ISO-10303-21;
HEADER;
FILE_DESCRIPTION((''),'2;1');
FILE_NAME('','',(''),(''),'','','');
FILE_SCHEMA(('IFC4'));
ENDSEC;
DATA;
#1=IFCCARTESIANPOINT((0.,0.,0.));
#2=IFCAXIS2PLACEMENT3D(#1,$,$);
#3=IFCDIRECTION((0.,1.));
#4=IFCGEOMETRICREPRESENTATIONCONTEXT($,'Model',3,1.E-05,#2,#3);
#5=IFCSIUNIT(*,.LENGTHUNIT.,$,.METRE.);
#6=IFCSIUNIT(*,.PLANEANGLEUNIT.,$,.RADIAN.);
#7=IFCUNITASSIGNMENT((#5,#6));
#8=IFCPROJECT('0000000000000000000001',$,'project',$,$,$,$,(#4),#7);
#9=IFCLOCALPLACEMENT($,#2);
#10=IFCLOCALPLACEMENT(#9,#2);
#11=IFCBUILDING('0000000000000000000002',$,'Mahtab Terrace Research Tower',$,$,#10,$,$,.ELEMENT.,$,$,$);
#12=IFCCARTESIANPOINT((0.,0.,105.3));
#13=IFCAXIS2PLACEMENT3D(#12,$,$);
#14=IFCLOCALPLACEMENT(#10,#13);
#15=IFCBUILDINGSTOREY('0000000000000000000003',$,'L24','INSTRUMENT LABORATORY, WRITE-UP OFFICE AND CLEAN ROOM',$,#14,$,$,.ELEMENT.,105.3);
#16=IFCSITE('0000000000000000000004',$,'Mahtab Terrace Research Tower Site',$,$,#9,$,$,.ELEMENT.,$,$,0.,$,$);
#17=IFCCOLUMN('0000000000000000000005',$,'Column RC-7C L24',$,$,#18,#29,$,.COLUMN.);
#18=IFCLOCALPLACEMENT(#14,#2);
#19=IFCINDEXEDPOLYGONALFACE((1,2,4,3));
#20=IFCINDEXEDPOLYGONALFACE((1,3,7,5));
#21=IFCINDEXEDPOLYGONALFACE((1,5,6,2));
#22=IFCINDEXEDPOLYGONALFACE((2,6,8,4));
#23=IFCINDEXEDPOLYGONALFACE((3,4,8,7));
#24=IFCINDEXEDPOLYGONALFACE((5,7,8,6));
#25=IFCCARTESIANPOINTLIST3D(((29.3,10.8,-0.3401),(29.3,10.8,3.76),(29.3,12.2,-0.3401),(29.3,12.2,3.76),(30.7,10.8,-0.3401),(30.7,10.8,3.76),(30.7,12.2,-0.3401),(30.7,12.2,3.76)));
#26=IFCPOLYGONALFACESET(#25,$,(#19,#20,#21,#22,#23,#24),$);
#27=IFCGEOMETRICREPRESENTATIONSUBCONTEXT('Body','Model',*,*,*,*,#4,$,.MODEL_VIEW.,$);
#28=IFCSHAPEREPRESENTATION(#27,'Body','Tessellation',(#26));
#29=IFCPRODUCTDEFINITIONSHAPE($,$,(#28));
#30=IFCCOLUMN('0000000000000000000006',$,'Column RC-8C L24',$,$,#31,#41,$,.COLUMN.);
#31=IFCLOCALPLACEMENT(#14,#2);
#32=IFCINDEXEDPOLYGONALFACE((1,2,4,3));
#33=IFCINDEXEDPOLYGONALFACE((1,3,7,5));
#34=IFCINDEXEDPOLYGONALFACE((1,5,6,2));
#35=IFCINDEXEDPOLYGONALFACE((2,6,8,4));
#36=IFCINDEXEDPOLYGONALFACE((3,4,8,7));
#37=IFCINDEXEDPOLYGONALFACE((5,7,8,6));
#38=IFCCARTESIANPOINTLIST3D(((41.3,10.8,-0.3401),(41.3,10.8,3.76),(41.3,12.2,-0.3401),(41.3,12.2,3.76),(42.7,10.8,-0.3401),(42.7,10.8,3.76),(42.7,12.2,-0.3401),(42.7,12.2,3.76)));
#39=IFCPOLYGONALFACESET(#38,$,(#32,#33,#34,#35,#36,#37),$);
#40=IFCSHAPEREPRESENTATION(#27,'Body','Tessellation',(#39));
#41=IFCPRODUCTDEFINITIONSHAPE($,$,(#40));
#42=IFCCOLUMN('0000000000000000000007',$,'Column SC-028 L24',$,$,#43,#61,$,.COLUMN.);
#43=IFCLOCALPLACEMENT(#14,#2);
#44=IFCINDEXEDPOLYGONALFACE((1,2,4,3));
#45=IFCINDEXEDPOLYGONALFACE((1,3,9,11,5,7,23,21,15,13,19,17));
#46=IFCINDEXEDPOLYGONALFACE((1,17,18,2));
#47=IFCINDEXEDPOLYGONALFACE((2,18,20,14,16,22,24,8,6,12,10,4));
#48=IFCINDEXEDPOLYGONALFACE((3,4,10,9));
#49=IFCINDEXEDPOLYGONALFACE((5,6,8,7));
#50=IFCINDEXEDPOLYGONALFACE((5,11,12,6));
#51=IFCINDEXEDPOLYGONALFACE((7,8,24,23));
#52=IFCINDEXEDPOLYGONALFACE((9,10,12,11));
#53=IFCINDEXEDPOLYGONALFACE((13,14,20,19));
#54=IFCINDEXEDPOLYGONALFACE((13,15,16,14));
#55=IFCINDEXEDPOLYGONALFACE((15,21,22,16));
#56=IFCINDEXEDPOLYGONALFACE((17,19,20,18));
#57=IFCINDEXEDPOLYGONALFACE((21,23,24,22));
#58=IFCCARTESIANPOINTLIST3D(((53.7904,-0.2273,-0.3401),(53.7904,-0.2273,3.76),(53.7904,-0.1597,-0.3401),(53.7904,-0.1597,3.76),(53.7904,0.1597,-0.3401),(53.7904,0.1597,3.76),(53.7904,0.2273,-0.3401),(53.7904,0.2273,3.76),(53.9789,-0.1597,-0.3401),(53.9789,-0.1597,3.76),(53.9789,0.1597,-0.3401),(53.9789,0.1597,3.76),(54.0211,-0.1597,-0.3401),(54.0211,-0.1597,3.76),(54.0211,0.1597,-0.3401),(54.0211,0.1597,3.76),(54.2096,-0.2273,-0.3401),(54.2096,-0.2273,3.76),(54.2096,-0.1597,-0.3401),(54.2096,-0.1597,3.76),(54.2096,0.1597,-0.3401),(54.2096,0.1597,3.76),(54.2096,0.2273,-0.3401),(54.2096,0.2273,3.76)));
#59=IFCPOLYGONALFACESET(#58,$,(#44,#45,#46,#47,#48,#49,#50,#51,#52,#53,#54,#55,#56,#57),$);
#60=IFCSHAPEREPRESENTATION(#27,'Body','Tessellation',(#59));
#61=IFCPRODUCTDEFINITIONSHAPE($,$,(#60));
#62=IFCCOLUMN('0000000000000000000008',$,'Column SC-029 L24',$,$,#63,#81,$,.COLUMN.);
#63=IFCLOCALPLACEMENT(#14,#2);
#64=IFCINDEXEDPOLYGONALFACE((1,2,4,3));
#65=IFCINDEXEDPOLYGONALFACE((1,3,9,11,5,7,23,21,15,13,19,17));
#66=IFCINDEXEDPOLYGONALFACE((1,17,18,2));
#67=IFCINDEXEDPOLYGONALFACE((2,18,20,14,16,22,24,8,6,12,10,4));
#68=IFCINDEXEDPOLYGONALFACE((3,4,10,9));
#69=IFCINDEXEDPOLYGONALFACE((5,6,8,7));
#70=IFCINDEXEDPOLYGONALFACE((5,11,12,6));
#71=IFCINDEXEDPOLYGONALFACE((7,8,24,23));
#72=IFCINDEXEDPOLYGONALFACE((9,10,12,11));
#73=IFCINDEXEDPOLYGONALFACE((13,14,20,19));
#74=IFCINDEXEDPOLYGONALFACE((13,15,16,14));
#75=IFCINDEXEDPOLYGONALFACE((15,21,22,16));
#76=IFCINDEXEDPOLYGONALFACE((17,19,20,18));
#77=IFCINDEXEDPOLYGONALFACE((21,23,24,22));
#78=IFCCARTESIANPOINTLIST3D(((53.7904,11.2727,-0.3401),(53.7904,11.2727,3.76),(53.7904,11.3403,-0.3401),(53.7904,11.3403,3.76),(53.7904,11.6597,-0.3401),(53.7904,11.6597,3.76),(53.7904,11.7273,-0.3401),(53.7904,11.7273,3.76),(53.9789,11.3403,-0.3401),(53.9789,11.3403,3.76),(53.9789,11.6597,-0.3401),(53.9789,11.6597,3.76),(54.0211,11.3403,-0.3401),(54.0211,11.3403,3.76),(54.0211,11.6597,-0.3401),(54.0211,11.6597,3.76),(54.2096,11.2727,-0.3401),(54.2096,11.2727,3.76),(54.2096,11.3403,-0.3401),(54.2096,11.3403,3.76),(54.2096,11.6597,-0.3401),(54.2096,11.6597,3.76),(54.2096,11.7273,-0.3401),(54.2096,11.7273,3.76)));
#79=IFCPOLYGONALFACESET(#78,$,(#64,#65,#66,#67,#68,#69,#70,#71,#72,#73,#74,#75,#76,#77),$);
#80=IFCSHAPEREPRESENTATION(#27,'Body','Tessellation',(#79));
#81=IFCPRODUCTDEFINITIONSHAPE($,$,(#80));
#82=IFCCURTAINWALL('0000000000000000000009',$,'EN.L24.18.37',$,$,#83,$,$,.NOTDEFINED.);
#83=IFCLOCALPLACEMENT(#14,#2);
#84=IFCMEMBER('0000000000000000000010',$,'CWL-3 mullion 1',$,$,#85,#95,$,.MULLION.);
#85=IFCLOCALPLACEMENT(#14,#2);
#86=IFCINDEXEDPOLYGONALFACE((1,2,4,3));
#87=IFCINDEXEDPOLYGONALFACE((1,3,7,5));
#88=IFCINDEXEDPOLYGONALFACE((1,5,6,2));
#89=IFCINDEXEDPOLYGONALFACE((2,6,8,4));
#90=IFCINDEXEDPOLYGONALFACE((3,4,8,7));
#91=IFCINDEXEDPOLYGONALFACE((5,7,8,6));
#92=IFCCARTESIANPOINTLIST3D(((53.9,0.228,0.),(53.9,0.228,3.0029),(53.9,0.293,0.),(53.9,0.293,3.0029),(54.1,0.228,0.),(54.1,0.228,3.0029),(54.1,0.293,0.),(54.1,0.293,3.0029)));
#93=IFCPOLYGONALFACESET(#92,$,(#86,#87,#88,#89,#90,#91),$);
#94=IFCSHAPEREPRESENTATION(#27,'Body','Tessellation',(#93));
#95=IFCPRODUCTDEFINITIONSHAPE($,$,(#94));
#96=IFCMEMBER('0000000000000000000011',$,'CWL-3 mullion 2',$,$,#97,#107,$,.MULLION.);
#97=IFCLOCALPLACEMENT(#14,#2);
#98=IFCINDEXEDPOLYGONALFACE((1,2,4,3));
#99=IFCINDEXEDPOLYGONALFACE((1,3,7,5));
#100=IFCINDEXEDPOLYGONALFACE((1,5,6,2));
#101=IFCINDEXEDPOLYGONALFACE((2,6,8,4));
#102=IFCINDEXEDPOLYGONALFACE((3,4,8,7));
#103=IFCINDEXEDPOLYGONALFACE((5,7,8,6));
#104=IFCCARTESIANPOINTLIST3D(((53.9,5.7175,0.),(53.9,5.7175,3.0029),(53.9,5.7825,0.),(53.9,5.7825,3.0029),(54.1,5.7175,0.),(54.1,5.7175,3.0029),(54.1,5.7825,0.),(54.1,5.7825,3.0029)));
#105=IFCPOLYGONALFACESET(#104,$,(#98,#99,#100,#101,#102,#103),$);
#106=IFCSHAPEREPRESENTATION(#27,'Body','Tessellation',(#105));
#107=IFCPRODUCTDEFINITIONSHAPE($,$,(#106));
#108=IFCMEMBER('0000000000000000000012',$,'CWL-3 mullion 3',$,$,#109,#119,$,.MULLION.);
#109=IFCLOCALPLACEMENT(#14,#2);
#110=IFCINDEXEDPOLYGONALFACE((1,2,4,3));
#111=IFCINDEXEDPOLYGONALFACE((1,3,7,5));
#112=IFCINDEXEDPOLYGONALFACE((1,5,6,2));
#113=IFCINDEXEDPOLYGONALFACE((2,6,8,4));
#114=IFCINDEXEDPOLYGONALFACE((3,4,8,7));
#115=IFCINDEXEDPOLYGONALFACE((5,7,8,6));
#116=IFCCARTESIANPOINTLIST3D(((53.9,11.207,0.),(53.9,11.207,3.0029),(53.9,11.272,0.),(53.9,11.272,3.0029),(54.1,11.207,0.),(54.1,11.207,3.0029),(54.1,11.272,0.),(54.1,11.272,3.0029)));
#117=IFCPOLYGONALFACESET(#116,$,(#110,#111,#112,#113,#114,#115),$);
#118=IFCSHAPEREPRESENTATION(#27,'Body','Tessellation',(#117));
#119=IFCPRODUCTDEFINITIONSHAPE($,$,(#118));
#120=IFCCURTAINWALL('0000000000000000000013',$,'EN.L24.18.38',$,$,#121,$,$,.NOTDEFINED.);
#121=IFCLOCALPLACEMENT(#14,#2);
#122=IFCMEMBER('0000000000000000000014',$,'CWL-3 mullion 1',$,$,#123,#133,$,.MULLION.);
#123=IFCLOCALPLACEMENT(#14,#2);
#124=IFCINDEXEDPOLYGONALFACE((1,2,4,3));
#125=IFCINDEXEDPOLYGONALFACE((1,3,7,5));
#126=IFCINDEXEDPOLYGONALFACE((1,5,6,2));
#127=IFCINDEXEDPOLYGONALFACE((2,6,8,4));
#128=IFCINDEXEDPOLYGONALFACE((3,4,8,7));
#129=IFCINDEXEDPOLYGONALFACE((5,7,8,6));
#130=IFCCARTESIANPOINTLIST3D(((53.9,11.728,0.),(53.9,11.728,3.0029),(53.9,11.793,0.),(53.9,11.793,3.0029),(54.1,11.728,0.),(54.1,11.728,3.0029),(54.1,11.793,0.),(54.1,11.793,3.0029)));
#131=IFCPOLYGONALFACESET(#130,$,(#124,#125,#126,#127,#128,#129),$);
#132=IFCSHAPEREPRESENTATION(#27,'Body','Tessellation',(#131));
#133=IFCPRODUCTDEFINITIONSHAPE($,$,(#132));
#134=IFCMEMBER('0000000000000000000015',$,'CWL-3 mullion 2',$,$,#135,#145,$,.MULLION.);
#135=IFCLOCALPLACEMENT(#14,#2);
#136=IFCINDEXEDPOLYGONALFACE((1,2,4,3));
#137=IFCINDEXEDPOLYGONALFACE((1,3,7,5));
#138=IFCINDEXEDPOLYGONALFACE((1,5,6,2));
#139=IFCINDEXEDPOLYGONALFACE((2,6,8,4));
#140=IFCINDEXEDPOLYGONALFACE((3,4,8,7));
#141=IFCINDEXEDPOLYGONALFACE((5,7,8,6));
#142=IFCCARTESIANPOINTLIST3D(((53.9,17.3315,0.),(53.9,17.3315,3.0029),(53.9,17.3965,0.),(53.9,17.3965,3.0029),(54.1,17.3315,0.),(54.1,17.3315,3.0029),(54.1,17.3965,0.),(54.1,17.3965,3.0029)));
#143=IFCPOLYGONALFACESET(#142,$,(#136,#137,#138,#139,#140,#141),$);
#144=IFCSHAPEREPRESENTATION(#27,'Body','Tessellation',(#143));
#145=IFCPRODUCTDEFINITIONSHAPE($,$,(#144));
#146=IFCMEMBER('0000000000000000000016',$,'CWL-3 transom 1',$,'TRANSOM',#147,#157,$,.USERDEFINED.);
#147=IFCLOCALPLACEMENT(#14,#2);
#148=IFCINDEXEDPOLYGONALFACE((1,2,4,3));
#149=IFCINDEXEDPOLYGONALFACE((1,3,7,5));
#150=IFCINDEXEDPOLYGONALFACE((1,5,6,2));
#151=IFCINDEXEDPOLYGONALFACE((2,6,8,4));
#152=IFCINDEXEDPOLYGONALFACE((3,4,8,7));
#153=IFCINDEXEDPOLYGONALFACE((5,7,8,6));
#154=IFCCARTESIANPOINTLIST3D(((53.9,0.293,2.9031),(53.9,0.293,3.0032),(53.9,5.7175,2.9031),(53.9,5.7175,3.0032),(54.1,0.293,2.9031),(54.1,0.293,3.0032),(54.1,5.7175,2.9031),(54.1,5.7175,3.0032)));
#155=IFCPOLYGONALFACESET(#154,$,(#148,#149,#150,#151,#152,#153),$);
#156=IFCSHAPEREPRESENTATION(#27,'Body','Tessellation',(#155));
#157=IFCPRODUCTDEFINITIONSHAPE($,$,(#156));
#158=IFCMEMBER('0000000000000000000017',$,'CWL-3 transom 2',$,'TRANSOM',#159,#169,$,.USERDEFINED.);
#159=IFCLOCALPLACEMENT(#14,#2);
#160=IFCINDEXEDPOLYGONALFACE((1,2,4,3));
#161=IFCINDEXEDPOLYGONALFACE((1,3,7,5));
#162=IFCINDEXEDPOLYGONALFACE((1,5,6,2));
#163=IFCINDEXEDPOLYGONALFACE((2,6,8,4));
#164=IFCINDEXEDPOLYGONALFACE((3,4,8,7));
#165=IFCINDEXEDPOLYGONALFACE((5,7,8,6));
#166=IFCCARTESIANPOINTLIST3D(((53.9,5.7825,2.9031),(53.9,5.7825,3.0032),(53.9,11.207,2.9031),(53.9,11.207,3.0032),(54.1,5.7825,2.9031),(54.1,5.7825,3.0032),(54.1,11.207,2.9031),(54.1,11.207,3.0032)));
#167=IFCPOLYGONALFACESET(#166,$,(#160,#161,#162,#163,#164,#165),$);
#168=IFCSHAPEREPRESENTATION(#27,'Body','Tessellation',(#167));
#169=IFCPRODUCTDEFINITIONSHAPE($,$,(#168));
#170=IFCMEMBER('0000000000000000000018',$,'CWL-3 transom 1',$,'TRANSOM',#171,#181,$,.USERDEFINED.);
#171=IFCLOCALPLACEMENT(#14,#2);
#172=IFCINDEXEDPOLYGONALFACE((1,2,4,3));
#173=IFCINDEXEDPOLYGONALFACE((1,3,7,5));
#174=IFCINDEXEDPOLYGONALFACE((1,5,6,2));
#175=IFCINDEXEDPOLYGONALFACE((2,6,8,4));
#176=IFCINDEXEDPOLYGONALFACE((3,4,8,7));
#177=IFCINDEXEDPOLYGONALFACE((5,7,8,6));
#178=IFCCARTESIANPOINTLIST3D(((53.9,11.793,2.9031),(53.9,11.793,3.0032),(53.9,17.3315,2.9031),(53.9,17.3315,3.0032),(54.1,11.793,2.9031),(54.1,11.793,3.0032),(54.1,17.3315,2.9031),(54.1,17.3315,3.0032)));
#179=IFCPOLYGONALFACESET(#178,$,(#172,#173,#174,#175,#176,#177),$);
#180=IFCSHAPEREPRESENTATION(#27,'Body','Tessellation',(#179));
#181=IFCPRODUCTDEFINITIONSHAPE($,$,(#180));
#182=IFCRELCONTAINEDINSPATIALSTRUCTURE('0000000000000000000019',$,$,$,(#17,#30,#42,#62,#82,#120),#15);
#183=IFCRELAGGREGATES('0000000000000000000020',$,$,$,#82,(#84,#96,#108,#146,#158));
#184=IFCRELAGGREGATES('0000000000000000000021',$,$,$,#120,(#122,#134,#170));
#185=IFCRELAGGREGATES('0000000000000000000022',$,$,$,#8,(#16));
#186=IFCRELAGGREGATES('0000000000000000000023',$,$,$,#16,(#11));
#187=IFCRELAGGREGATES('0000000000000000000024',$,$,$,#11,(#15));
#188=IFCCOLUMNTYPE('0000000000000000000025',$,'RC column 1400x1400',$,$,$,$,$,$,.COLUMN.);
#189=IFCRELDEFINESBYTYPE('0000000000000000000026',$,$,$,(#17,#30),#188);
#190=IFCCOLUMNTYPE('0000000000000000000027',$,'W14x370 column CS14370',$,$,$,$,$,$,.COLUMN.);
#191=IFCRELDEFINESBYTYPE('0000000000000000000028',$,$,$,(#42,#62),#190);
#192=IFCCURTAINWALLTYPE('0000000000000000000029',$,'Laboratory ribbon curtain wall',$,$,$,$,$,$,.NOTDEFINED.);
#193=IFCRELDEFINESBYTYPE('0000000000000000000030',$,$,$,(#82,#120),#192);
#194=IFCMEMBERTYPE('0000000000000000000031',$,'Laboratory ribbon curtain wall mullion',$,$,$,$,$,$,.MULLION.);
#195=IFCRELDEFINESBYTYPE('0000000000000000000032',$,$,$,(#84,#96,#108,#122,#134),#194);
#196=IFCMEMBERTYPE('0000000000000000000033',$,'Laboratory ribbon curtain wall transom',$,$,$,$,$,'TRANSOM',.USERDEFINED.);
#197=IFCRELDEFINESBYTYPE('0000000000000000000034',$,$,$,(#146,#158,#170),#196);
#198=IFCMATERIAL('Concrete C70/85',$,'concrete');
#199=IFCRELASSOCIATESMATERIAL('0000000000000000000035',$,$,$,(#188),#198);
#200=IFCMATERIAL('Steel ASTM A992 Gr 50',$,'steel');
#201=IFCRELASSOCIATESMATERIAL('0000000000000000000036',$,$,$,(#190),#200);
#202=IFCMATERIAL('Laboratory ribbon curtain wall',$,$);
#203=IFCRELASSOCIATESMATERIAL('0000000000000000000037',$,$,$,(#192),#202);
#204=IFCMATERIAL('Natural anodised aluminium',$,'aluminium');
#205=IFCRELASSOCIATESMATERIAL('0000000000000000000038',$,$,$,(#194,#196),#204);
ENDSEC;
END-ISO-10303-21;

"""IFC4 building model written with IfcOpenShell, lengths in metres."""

from ifc_helpers import new_model, si_unit, direction, frame, origin, origin_2d, place, context, subcontext, project, spatial, rectangle, i_section, extrude, material, material_profile, profile_set, type_object, element, aggregate, save


model = new_model("IFC4")

# Units and contexts
model_context = context("Model", 3, precision=1e-05, world=origin(), true_north=direction((0.0, 1.0)))
body_context = subcontext(model_context, "Body", "Model", "MODEL_VIEW")
ifc_project = project(units=[si_unit("LENGTHUNIT", "METRE"), si_unit("PLANEANGLEUNIT", "RADIAN")], contexts=[model_context])

# Site, building, storey
site_placement = place(None, origin())
site = spatial("IfcSite", under=ifc_project, at=site_placement, Name="Mahtab Terrace Research Tower Site", CompositionType="ELEMENT", RefElevation=0.0)
building_placement = place(site_placement, origin())
building = spatial("IfcBuilding", under=site, at=building_placement, Name="Mahtab Terrace Research Tower", CompositionType="ELEMENT")
storey_placement = place(building_placement, frame((0.0, 0.0, 105.3)))
storey = spatial("IfcBuildingStorey", under=building, at=storey_placement, Name="L24", Description="INSTRUMENT LABORATORY, WRITE-UP OFFICE AND CLEAN ROOM", CompositionType="ELEMENT", Elevation=105.3)

# Columns
ifc_material_1 = material(Name="Concrete C70/85", Category="concrete")
ifc_material_profile_1 = material_profile(ifc_material_1, rectangle(XDim=1.3999, YDim=1.3999, at=origin_2d()), Name="RC column 1400x1400")
ifc_profile_set_1 = profile_set([ifc_material_profile_1], Name="Concrete C70/85")
column_type_1 = type_object("IfcColumnType", Name="RC column 1400x1400", PredefinedType="COLUMN", material=ifc_profile_set_1)
for number, where, z_axis, x_axis, name in (
    (1, (30.0, 11.5, -0.3401), (0.0, 0.0, 1.0), (1.0, 0.0, 0.0), "Column RC-7C L24"),
    (2, (42.0, 11.5, -0.3401), (0.0, 0.0, 1.0), (1.0, 0.0, 0.0), "Column RC-8C L24"),
):
    element("IfcColumn", number, at=place(storey_placement, frame(where, z_axis=z_axis, x_axis=x_axis)), inside=storey, type_object=column_type_1, Name=name, PredefinedType="COLUMN", context=body_context, shape_type="SweptSolid", body=[
        extrude(rectangle(XDim=1.3999, YDim=1.3999, at=origin_2d()), origin(), (0.0, 0.0, 1.0), 4.1001),
    ])
ifc_material_2 = material(Name="Steel ASTM A992 Gr 50", Category="steel")
ifc_material_profile_2 = material_profile(ifc_material_2, i_section(OverallWidth=0.4192, OverallDepth=0.4546, WebThickness=0.0422, FlangeThickness=0.0676, at=origin_2d()), Name="W14X370")
ifc_profile_set_2 = profile_set([ifc_material_profile_2], Name="Steel ASTM A992 Gr 50")
column_type_2 = type_object("IfcColumnType", Name="W14x370 column CS14370", PredefinedType="COLUMN", material=ifc_profile_set_2)
for number, where, z_axis, x_axis, name in (
    (3, (54.0, 0.0, -0.3401), (0.0, 0.0, 1.0), (1.0, 0.0, 0.0), "Column SC-028 L24"),
    (4, (54.0, 11.5, -0.3401), (0.0, 0.0, 1.0), (1.0, 0.0, 0.0), "Column SC-029 L24"),
):
    element("IfcColumn", number, at=place(storey_placement, frame(where, z_axis=z_axis, x_axis=x_axis)), inside=storey, type_object=column_type_2, Name=name, PredefinedType="COLUMN", context=body_context, shape_type="SweptSolid", body=[
        extrude(i_section(OverallWidth=0.4192, OverallDepth=0.4546, WebThickness=0.0422, FlangeThickness=0.0676, at=origin_2d()), origin(), (0.0, 0.0, 1.0), 4.1001),
    ])

# Curtain walls, members
ifc_material_3 = material(Name="Laboratory ribbon curtain wall")
curtain_wall_type = type_object("IfcCurtainWallType", Name="Laboratory ribbon curtain wall", PredefinedType="NOTDEFINED", material=ifc_material_3)
curtain_wall_1_placement = place(storey_placement, origin())
curtain_wall_1 = element("IfcCurtainWall", 5, at=curtain_wall_1_placement, inside=storey, type_object=curtain_wall_type, Name="EN.L24.18.37", PredefinedType="NOTDEFINED")
ifc_material_4 = material(Name="Natural anodised aluminium", Category="aluminium")
ifc_material_profile_3 = material_profile(ifc_material_4, rectangle(XDim=0.2, YDim=0.0649, at=origin_2d()), Name="MULLION 65x200")
ifc_profile_set_3 = profile_set([ifc_material_profile_3], Name="Natural anodised aluminium")
member_type_1 = type_object("IfcMemberType", Name="Laboratory ribbon curtain wall mullion", PredefinedType="MULLION", material=ifc_profile_set_3)
member_1_placement = place(storey_placement, frame((54.0, 0.2605, 0.0), z_axis=(0.0, 0.0, 1.0), x_axis=(-1.0, 0.0, 0.0)))
member_1 = element("IfcMember", 6, at=member_1_placement, type_object=member_type_1, Name="CWL-3 mullion 1", PredefinedType="MULLION", context=body_context, shape_type="SweptSolid", body=[
    extrude(rectangle(XDim=0.2, YDim=0.0649, at=origin_2d()), origin(), (0.0, 0.0, 1.0), 3.0029),
])
member_2_placement = place(storey_placement, frame((54.0, 5.75, 0.0), z_axis=(0.0, 0.0, 1.0), x_axis=(-1.0, 0.0, 0.0)))
member_2 = element("IfcMember", 7, at=member_2_placement, type_object=member_type_1, Name="CWL-3 mullion 2", PredefinedType="MULLION", context=body_context, shape_type="SweptSolid", body=[
    extrude(rectangle(XDim=0.2, YDim=0.0649, at=origin_2d()), origin(), (0.0, 0.0, 1.0), 3.0029),
])
member_3_placement = place(storey_placement, frame((54.0, 11.2395, 0.0), z_axis=(0.0, 0.0, 1.0), x_axis=(-1.0, 0.0, 0.0)))
member_3 = element("IfcMember", 8, at=member_3_placement, type_object=member_type_1, Name="CWL-3 mullion 3", PredefinedType="MULLION", context=body_context, shape_type="SweptSolid", body=[
    extrude(rectangle(XDim=0.2, YDim=0.0649, at=origin_2d()), origin(), (0.0, 0.0, 1.0), 3.0029),
])
curtain_wall_2_placement = place(storey_placement, origin())
curtain_wall_2 = element("IfcCurtainWall", 9, at=curtain_wall_2_placement, inside=storey, type_object=curtain_wall_type, Name="EN.L24.18.38", PredefinedType="NOTDEFINED")
member_4_placement = place(storey_placement, frame((54.0, 11.7605, 0.0), z_axis=(0.0, 0.0, 1.0), x_axis=(-1.0, 0.0, 0.0)))
member_4 = element("IfcMember", 10, at=member_4_placement, type_object=member_type_1, Name="CWL-3 mullion 1", PredefinedType="MULLION", context=body_context, shape_type="SweptSolid", body=[
    extrude(rectangle(XDim=0.2, YDim=0.0649, at=origin_2d()), origin(), (0.0, 0.0, 1.0), 3.0029),
])
member_5_placement = place(storey_placement, frame((54.0, 17.364, 0.0), z_axis=(0.0, 0.0, 1.0), x_axis=(-1.0, 0.0, 0.0)))
member_5 = element("IfcMember", 11, at=member_5_placement, type_object=member_type_1, Name="CWL-3 mullion 2", PredefinedType="MULLION", context=body_context, shape_type="SweptSolid", body=[
    extrude(rectangle(XDim=0.2, YDim=0.0649, at=origin_2d()), origin(), (0.0, 0.0, 1.0), 3.0029),
])

# Members
ifc_material_profile_4 = material_profile(ifc_material_4, rectangle(XDim=0.2, YDim=0.1001, at=origin_2d()), Name="TRANSOM 100x200")
ifc_profile_set_4 = profile_set([ifc_material_profile_4], Name="Natural anodised aluminium")
member_type_2 = type_object("IfcMemberType", Name="Laboratory ribbon curtain wall transom", ElementType="TRANSOM", PredefinedType="USERDEFINED", material=ifc_profile_set_4)
member_6_placement = place(storey_placement, frame((54.0, 0.293, 2.9531), z_axis=(0.0, 1.0, 0.0), x_axis=(-1.0, 0.0, 0.0)))
member_6 = element("IfcMember", 12, at=member_6_placement, type_object=member_type_2, Name="CWL-3 transom 1", ObjectType="TRANSOM", PredefinedType="USERDEFINED", context=body_context, shape_type="SweptSolid", body=[
    extrude(rectangle(XDim=0.2, YDim=0.1001, at=origin_2d()), origin(), (0.0, 0.0, 1.0), 5.4246),
])
member_7_placement = place(storey_placement, frame((54.0, 5.7825, 2.9531), z_axis=(0.0, 1.0, 0.0), x_axis=(-1.0, 0.0, 0.0)))
member_7 = element("IfcMember", 13, at=member_7_placement, type_object=member_type_2, Name="CWL-3 transom 2", ObjectType="TRANSOM", PredefinedType="USERDEFINED", context=body_context, shape_type="SweptSolid", body=[
    extrude(rectangle(XDim=0.2, YDim=0.1001, at=origin_2d()), origin(), (0.0, 0.0, 1.0), 5.4246),
])
member_8_placement = place(storey_placement, frame((54.0, 11.793, 2.9531), z_axis=(0.0, 1.0, 0.0), x_axis=(-1.0, 0.0, 0.0)))
member_8 = element("IfcMember", 14, at=member_8_placement, type_object=member_type_2, Name="CWL-3 transom 1", ObjectType="TRANSOM", PredefinedType="USERDEFINED", context=body_context, shape_type="SweptSolid", body=[
    extrude(rectangle(XDim=0.2, YDim=0.1001, at=origin_2d()), origin(), (0.0, 0.0, 1.0), 5.5386),
])

aggregate(curtain_wall_1, [member_1, member_2, member_3, member_6, member_7])
aggregate(curtain_wall_2, [member_4, member_5, member_8])

save(model, "model.ifc")
